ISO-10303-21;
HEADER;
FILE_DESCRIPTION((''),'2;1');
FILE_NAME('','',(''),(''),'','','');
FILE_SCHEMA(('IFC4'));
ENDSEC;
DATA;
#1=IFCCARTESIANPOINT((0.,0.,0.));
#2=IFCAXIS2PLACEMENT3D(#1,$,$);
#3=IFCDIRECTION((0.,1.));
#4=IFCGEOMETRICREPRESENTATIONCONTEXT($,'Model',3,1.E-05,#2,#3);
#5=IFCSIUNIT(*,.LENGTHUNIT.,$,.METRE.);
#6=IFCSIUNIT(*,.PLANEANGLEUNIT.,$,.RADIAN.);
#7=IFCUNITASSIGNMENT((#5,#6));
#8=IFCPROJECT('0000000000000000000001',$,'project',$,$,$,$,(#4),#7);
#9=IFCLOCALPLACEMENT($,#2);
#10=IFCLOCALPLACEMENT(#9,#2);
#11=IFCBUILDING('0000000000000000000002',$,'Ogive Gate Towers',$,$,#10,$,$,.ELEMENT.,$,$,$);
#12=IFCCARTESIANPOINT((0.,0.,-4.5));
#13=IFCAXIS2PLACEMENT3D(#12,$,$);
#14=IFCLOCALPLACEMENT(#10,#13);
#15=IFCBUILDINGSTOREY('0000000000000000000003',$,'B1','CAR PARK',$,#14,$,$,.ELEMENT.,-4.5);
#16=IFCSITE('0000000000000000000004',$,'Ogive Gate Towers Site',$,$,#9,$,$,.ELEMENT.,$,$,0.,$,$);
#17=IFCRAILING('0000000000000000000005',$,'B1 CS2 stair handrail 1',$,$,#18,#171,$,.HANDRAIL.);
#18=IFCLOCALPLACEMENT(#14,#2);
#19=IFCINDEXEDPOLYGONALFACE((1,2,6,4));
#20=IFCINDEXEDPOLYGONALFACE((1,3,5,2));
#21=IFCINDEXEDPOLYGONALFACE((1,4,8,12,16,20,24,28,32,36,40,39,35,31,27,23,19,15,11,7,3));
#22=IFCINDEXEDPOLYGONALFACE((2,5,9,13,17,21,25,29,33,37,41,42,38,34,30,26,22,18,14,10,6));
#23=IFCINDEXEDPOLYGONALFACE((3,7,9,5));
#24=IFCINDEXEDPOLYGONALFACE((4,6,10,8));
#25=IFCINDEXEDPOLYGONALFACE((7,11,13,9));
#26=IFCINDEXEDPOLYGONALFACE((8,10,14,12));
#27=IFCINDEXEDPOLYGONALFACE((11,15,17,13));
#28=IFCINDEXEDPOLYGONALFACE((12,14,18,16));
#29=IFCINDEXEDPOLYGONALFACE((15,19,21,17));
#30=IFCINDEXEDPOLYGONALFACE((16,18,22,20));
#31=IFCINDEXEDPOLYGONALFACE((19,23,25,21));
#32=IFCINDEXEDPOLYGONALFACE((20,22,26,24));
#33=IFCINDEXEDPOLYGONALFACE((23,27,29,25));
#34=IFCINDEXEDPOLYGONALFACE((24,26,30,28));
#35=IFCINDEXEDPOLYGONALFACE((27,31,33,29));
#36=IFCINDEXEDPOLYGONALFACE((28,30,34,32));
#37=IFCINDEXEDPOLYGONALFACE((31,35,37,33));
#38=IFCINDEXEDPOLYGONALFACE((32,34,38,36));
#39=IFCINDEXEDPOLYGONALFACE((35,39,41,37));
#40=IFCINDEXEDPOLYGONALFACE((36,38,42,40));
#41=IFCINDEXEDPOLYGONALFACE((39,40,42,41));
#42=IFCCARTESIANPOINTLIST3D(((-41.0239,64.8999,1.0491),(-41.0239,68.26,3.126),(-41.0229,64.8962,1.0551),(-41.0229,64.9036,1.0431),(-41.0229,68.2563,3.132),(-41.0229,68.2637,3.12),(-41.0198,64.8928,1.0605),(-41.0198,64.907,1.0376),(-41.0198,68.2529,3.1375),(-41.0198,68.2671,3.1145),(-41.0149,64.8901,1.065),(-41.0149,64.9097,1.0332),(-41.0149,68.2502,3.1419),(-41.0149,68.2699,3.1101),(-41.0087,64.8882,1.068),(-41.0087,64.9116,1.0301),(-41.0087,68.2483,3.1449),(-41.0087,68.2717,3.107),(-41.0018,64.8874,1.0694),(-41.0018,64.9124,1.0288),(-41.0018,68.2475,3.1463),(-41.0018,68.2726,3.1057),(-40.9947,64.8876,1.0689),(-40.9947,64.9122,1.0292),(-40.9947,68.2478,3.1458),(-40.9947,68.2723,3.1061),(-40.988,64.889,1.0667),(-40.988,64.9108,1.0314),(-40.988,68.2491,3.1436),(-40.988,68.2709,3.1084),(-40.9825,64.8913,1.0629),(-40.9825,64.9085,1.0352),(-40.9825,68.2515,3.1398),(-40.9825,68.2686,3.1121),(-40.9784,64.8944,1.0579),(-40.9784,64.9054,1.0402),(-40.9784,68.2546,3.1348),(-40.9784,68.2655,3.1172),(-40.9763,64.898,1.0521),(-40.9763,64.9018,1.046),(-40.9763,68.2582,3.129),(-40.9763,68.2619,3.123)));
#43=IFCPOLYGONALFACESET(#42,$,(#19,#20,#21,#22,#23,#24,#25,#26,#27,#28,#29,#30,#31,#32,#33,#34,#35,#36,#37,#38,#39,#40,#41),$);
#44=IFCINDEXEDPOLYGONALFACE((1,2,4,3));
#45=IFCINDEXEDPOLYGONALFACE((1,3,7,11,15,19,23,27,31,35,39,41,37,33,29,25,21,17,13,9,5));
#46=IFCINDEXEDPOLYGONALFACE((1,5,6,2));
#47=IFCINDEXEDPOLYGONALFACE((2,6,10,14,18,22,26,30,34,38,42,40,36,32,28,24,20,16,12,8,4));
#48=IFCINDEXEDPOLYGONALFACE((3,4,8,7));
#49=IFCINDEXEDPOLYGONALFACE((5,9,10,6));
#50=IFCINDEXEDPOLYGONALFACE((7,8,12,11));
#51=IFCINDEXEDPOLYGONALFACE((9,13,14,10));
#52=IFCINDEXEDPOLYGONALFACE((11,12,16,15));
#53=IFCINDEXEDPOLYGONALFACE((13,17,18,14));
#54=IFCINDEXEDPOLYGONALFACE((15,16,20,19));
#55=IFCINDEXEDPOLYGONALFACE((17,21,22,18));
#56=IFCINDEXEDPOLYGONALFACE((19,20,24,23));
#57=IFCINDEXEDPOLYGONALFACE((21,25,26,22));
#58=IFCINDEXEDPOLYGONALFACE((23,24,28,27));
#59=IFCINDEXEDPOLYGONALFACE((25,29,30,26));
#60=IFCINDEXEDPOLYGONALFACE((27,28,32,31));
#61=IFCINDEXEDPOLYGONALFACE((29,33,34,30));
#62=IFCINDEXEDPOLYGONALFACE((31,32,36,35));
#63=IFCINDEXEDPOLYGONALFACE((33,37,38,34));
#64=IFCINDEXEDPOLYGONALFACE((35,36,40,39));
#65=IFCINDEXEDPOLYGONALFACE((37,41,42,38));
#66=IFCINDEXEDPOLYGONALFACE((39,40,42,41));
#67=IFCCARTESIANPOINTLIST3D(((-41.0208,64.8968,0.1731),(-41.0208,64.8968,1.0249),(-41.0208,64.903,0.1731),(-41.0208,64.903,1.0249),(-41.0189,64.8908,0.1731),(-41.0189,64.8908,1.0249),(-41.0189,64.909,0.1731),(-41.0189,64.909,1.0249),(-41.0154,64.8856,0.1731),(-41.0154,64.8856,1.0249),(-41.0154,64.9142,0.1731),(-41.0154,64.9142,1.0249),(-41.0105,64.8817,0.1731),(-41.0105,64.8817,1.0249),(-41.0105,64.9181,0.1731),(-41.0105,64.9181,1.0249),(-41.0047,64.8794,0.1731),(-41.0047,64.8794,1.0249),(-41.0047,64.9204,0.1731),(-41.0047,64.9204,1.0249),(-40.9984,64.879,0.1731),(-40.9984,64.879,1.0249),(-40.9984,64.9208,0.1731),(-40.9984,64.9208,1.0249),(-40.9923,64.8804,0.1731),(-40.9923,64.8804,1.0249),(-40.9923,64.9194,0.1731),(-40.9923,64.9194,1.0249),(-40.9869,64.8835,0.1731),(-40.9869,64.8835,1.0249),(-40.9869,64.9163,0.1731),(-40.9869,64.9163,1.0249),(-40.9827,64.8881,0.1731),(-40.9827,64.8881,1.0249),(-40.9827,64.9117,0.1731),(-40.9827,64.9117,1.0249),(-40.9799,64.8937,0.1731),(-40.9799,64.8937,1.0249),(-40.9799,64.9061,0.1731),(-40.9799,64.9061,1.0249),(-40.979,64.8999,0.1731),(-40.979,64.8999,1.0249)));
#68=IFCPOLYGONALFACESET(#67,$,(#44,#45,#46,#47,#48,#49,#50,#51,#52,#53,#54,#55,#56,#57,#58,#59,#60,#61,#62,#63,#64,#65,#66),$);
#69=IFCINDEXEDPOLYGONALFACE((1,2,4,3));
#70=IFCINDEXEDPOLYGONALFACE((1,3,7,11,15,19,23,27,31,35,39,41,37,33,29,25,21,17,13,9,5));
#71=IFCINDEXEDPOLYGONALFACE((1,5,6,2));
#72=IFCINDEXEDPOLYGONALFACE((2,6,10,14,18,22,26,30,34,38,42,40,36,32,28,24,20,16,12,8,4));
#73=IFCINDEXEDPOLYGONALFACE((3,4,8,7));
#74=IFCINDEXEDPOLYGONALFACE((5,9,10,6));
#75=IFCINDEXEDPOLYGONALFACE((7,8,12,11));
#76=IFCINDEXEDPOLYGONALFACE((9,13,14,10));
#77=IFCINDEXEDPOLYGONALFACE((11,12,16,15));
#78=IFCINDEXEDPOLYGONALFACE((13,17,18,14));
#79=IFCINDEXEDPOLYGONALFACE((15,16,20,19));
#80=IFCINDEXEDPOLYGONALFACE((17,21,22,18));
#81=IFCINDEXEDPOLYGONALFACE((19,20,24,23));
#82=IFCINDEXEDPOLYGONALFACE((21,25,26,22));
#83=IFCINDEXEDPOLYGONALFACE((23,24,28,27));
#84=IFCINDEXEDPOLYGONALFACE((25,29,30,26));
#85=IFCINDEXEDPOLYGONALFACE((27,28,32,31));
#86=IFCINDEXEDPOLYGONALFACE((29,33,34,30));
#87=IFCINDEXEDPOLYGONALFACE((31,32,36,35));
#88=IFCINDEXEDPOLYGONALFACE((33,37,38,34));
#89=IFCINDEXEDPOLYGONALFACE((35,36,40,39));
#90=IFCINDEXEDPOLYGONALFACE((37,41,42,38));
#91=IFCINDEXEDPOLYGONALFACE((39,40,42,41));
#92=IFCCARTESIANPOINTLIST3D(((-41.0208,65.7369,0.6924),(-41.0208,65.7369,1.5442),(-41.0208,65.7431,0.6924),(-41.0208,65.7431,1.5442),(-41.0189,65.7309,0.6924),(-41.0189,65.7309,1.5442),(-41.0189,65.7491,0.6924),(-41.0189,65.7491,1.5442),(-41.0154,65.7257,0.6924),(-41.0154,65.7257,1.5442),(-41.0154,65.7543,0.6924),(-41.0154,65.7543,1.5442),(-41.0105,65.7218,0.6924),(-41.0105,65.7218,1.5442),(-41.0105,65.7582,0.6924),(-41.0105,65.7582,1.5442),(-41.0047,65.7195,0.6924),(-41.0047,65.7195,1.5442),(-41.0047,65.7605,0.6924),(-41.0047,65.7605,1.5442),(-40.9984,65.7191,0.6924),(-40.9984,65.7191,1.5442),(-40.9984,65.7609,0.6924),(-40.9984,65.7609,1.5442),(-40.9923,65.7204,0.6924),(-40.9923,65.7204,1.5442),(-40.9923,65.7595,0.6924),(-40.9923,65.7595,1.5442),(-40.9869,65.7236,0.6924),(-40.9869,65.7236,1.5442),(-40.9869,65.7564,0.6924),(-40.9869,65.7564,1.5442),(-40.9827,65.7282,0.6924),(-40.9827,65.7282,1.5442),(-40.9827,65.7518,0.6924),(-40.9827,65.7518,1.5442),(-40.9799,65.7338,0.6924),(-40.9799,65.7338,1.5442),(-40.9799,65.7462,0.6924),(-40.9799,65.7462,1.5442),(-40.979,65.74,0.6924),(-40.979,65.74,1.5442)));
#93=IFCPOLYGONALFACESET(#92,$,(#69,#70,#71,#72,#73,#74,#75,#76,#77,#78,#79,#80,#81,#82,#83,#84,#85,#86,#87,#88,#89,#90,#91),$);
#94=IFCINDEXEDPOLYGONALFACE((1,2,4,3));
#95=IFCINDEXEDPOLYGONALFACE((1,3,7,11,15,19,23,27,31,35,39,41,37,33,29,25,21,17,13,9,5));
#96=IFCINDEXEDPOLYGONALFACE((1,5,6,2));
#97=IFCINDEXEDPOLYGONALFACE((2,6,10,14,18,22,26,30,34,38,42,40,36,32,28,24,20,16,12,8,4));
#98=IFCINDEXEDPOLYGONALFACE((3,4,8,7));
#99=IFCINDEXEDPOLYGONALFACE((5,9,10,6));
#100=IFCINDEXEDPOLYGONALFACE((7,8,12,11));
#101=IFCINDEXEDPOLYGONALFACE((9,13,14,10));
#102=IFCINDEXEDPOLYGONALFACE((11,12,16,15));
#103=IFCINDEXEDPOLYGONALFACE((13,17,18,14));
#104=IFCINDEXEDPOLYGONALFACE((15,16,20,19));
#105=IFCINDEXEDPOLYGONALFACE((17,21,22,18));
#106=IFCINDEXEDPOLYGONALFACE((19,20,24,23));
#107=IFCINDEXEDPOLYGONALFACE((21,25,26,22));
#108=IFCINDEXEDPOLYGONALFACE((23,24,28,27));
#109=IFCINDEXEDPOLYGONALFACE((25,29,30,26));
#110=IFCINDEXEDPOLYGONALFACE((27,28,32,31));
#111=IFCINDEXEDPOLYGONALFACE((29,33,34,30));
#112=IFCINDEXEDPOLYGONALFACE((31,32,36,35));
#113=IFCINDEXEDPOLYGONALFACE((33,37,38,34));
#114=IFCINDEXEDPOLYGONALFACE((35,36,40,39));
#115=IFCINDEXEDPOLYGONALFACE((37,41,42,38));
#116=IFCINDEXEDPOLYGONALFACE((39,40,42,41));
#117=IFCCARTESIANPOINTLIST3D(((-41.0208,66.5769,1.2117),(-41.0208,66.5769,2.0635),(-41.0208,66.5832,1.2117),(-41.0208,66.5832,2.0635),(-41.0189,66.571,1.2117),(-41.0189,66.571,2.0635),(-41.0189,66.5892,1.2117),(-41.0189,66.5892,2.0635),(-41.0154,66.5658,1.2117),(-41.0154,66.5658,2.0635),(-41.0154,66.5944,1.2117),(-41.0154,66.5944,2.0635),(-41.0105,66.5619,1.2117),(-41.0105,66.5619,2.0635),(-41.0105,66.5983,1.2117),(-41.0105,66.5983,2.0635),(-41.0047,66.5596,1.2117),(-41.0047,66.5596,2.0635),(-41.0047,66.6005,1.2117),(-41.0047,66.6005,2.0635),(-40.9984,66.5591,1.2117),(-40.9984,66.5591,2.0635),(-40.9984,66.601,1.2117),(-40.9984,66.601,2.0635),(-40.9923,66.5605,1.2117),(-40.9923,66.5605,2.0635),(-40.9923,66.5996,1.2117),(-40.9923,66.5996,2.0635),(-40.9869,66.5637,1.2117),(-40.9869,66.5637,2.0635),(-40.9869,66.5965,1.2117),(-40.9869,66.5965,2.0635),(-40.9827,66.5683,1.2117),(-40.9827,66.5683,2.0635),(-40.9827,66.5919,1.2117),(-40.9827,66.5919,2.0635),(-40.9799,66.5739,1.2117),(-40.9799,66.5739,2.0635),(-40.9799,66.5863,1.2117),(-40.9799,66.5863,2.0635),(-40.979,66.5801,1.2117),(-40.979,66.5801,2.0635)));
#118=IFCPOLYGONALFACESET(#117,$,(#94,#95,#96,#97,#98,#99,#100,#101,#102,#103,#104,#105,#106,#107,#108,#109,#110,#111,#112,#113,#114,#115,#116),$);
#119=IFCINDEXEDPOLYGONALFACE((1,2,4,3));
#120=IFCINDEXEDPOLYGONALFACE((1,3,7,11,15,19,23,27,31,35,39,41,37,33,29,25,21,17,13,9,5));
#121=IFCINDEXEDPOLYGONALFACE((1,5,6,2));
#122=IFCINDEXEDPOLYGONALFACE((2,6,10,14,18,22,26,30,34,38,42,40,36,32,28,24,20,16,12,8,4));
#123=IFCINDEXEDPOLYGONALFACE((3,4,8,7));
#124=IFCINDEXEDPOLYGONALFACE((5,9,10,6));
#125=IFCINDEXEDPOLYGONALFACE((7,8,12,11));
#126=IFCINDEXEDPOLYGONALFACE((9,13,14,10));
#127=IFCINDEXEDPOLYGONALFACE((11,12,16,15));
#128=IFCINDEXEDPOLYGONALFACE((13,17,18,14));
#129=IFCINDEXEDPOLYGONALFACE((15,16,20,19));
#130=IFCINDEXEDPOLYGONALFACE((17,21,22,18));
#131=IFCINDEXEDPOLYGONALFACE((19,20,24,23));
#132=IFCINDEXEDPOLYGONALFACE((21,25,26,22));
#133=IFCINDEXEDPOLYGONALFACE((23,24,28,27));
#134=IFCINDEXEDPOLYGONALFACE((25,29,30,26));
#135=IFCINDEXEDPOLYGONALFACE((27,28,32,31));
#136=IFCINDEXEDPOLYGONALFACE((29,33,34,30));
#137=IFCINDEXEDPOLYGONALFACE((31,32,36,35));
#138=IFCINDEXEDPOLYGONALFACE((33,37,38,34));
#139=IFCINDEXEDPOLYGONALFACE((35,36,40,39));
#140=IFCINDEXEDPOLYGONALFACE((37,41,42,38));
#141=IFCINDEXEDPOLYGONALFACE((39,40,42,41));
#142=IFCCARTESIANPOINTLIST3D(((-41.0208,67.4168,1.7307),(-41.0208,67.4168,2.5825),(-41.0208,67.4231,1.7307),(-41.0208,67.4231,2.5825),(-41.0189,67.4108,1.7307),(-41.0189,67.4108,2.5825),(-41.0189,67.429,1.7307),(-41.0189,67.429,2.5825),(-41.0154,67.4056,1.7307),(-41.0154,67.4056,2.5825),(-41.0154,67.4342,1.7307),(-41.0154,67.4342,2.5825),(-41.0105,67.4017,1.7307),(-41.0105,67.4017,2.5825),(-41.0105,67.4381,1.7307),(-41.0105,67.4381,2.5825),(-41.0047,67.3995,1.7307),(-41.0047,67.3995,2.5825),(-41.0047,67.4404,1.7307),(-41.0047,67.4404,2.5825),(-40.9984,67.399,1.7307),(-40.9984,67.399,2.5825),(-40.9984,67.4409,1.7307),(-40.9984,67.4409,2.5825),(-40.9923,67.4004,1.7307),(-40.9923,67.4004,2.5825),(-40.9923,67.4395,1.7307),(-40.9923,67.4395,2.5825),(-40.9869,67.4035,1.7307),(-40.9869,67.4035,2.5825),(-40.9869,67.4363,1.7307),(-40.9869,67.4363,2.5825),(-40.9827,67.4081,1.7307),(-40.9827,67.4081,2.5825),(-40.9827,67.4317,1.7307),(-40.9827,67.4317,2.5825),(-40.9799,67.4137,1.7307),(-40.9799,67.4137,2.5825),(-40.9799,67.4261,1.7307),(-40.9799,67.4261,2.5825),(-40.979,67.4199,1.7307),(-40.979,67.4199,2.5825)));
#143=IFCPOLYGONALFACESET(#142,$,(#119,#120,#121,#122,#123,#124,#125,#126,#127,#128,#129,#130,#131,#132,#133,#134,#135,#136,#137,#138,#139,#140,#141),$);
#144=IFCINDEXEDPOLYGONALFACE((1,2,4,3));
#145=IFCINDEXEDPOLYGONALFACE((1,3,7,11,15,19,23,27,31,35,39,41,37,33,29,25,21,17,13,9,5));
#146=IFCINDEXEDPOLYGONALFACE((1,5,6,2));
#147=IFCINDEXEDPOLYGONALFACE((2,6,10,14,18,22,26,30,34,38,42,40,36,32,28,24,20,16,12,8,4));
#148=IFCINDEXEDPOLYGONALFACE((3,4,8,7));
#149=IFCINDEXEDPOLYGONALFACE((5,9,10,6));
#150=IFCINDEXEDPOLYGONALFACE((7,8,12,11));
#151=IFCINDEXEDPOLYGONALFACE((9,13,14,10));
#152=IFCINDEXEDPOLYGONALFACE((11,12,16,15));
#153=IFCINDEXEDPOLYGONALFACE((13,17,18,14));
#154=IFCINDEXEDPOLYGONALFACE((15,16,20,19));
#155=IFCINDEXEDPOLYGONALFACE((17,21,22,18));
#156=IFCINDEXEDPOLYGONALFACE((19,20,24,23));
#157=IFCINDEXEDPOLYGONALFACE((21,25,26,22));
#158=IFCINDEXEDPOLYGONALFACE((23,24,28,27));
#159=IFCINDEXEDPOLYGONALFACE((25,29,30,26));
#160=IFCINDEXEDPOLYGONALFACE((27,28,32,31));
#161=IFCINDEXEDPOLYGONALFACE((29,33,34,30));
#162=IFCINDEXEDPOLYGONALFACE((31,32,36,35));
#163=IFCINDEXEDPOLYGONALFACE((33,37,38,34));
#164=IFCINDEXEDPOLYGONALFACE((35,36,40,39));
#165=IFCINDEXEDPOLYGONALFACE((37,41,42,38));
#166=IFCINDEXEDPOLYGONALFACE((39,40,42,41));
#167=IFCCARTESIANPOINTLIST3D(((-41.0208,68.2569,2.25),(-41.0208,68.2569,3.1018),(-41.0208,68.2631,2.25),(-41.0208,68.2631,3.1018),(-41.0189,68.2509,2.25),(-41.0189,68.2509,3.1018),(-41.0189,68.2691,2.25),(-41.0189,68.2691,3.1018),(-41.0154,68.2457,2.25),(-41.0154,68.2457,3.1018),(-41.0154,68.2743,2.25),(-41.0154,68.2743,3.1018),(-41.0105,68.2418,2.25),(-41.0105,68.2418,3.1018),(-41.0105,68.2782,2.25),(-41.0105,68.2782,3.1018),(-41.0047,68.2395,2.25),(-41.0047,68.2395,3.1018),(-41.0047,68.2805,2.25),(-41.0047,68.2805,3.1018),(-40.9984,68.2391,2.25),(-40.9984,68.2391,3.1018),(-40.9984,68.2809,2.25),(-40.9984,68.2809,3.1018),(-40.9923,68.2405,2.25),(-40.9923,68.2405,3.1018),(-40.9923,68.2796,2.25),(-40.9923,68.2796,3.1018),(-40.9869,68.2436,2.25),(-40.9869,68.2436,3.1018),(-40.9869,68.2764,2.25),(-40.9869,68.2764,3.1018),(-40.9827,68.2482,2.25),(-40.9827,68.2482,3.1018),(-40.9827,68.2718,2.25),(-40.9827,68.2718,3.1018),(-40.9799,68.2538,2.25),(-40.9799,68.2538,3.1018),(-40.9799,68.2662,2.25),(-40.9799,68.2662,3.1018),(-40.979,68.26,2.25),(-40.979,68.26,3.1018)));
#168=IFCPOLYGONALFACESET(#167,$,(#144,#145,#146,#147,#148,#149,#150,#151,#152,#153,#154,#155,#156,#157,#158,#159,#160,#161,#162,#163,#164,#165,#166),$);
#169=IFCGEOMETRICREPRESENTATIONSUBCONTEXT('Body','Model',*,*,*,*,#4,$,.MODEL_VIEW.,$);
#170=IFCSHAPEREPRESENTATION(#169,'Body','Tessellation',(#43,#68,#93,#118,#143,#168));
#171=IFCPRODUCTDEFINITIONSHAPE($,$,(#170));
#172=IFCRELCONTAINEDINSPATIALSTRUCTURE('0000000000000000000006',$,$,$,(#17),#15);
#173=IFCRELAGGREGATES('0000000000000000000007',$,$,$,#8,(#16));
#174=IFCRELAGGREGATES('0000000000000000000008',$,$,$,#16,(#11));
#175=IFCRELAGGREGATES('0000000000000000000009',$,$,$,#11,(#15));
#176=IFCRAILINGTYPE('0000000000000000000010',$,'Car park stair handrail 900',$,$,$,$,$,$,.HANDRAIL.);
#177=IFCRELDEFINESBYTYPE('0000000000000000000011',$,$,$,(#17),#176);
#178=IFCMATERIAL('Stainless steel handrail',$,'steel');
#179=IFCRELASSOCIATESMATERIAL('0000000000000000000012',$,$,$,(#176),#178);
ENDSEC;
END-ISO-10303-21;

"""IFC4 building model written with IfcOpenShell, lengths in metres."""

from ifc_helpers import new_model, si_unit, direction, frame, origin, origin_2d, place, context, subcontext, project, spatial, circle, extrude, material, type_object, element, save


model = new_model("IFC4")

# Units and contexts
model_context = context("Model", 3, precision=1e-05, world=origin(), true_north=direction((0.0, 1.0)))
body_context = subcontext(model_context, "Body", "Model", "MODEL_VIEW")
ifc_project = project(units=[si_unit("LENGTHUNIT", "METRE"), si_unit("PLANEANGLEUNIT", "RADIAN")], contexts=[model_context])

# Site, building, storey
site_placement = place(None, origin())
site = spatial("IfcSite", under=ifc_project, at=site_placement, Name="Ogive Gate Towers Site", CompositionType="ELEMENT", RefElevation=0.0)
building_placement = place(site_placement, origin())
building = spatial("IfcBuilding", under=site, at=building_placement, Name="Ogive Gate Towers", CompositionType="ELEMENT")
storey_placement = place(building_placement, frame((0.0, 0.0, -4.5)))
storey = spatial("IfcBuildingStorey", under=building, at=storey_placement, Name="B1", Description="CAR PARK", CompositionType="ELEMENT", Elevation=-4.5)

# Railing
ifc_material_1 = material(Name="Stainless steel handrail", Category="steel")
railing_type_1 = type_object("IfcRailingType", Name="Car park stair handrail 900", PredefinedType="HANDRAIL", material=ifc_material_1)
railing_1_placement = place(storey_placement, frame((-41.0, 64.8999, 0.1731)))
element("IfcRailing", 1, at=railing_1_placement, inside=storey, type_object=railing_type_1, Name="B1 CS2 stair handrail 1", PredefinedType="HANDRAIL", context=body_context, shape_type="SweptSolid", body=[
    extrude(circle(Radius=0.0239, at=origin_2d()), frame((0.0, 0.0, 0.876), z_axis=(0.0, 0.850623, 0.525776), x_axis=(-1.0, 0.0, 0.0)), (0.0, 0.0, 1.0), 3.9502),
    extrude(circle(Radius=0.021, at=origin_2d()), origin(), (0.0, 0.0, 1.0), 0.8518),
    extrude(circle(Radius=0.021, at=origin_2d()), frame((0.0, 0.8401, 0.5193)), (0.0, 0.0, 1.0), 0.8518),
    extrude(circle(Radius=0.021, at=origin_2d()), frame((0.0, 1.6802, 1.0386)), (0.0, 0.0, 1.0), 0.8518),
    extrude(circle(Radius=0.021, at=origin_2d()), frame((0.0, 2.52, 1.5576)), (0.0, 0.0, 1.0), 0.8518),
    extrude(circle(Radius=0.021, at=origin_2d()), frame((0.0, 3.3601, 2.0769)), (0.0, 0.0, 1.0), 0.8518),
])

save(model, "model.ifc")
